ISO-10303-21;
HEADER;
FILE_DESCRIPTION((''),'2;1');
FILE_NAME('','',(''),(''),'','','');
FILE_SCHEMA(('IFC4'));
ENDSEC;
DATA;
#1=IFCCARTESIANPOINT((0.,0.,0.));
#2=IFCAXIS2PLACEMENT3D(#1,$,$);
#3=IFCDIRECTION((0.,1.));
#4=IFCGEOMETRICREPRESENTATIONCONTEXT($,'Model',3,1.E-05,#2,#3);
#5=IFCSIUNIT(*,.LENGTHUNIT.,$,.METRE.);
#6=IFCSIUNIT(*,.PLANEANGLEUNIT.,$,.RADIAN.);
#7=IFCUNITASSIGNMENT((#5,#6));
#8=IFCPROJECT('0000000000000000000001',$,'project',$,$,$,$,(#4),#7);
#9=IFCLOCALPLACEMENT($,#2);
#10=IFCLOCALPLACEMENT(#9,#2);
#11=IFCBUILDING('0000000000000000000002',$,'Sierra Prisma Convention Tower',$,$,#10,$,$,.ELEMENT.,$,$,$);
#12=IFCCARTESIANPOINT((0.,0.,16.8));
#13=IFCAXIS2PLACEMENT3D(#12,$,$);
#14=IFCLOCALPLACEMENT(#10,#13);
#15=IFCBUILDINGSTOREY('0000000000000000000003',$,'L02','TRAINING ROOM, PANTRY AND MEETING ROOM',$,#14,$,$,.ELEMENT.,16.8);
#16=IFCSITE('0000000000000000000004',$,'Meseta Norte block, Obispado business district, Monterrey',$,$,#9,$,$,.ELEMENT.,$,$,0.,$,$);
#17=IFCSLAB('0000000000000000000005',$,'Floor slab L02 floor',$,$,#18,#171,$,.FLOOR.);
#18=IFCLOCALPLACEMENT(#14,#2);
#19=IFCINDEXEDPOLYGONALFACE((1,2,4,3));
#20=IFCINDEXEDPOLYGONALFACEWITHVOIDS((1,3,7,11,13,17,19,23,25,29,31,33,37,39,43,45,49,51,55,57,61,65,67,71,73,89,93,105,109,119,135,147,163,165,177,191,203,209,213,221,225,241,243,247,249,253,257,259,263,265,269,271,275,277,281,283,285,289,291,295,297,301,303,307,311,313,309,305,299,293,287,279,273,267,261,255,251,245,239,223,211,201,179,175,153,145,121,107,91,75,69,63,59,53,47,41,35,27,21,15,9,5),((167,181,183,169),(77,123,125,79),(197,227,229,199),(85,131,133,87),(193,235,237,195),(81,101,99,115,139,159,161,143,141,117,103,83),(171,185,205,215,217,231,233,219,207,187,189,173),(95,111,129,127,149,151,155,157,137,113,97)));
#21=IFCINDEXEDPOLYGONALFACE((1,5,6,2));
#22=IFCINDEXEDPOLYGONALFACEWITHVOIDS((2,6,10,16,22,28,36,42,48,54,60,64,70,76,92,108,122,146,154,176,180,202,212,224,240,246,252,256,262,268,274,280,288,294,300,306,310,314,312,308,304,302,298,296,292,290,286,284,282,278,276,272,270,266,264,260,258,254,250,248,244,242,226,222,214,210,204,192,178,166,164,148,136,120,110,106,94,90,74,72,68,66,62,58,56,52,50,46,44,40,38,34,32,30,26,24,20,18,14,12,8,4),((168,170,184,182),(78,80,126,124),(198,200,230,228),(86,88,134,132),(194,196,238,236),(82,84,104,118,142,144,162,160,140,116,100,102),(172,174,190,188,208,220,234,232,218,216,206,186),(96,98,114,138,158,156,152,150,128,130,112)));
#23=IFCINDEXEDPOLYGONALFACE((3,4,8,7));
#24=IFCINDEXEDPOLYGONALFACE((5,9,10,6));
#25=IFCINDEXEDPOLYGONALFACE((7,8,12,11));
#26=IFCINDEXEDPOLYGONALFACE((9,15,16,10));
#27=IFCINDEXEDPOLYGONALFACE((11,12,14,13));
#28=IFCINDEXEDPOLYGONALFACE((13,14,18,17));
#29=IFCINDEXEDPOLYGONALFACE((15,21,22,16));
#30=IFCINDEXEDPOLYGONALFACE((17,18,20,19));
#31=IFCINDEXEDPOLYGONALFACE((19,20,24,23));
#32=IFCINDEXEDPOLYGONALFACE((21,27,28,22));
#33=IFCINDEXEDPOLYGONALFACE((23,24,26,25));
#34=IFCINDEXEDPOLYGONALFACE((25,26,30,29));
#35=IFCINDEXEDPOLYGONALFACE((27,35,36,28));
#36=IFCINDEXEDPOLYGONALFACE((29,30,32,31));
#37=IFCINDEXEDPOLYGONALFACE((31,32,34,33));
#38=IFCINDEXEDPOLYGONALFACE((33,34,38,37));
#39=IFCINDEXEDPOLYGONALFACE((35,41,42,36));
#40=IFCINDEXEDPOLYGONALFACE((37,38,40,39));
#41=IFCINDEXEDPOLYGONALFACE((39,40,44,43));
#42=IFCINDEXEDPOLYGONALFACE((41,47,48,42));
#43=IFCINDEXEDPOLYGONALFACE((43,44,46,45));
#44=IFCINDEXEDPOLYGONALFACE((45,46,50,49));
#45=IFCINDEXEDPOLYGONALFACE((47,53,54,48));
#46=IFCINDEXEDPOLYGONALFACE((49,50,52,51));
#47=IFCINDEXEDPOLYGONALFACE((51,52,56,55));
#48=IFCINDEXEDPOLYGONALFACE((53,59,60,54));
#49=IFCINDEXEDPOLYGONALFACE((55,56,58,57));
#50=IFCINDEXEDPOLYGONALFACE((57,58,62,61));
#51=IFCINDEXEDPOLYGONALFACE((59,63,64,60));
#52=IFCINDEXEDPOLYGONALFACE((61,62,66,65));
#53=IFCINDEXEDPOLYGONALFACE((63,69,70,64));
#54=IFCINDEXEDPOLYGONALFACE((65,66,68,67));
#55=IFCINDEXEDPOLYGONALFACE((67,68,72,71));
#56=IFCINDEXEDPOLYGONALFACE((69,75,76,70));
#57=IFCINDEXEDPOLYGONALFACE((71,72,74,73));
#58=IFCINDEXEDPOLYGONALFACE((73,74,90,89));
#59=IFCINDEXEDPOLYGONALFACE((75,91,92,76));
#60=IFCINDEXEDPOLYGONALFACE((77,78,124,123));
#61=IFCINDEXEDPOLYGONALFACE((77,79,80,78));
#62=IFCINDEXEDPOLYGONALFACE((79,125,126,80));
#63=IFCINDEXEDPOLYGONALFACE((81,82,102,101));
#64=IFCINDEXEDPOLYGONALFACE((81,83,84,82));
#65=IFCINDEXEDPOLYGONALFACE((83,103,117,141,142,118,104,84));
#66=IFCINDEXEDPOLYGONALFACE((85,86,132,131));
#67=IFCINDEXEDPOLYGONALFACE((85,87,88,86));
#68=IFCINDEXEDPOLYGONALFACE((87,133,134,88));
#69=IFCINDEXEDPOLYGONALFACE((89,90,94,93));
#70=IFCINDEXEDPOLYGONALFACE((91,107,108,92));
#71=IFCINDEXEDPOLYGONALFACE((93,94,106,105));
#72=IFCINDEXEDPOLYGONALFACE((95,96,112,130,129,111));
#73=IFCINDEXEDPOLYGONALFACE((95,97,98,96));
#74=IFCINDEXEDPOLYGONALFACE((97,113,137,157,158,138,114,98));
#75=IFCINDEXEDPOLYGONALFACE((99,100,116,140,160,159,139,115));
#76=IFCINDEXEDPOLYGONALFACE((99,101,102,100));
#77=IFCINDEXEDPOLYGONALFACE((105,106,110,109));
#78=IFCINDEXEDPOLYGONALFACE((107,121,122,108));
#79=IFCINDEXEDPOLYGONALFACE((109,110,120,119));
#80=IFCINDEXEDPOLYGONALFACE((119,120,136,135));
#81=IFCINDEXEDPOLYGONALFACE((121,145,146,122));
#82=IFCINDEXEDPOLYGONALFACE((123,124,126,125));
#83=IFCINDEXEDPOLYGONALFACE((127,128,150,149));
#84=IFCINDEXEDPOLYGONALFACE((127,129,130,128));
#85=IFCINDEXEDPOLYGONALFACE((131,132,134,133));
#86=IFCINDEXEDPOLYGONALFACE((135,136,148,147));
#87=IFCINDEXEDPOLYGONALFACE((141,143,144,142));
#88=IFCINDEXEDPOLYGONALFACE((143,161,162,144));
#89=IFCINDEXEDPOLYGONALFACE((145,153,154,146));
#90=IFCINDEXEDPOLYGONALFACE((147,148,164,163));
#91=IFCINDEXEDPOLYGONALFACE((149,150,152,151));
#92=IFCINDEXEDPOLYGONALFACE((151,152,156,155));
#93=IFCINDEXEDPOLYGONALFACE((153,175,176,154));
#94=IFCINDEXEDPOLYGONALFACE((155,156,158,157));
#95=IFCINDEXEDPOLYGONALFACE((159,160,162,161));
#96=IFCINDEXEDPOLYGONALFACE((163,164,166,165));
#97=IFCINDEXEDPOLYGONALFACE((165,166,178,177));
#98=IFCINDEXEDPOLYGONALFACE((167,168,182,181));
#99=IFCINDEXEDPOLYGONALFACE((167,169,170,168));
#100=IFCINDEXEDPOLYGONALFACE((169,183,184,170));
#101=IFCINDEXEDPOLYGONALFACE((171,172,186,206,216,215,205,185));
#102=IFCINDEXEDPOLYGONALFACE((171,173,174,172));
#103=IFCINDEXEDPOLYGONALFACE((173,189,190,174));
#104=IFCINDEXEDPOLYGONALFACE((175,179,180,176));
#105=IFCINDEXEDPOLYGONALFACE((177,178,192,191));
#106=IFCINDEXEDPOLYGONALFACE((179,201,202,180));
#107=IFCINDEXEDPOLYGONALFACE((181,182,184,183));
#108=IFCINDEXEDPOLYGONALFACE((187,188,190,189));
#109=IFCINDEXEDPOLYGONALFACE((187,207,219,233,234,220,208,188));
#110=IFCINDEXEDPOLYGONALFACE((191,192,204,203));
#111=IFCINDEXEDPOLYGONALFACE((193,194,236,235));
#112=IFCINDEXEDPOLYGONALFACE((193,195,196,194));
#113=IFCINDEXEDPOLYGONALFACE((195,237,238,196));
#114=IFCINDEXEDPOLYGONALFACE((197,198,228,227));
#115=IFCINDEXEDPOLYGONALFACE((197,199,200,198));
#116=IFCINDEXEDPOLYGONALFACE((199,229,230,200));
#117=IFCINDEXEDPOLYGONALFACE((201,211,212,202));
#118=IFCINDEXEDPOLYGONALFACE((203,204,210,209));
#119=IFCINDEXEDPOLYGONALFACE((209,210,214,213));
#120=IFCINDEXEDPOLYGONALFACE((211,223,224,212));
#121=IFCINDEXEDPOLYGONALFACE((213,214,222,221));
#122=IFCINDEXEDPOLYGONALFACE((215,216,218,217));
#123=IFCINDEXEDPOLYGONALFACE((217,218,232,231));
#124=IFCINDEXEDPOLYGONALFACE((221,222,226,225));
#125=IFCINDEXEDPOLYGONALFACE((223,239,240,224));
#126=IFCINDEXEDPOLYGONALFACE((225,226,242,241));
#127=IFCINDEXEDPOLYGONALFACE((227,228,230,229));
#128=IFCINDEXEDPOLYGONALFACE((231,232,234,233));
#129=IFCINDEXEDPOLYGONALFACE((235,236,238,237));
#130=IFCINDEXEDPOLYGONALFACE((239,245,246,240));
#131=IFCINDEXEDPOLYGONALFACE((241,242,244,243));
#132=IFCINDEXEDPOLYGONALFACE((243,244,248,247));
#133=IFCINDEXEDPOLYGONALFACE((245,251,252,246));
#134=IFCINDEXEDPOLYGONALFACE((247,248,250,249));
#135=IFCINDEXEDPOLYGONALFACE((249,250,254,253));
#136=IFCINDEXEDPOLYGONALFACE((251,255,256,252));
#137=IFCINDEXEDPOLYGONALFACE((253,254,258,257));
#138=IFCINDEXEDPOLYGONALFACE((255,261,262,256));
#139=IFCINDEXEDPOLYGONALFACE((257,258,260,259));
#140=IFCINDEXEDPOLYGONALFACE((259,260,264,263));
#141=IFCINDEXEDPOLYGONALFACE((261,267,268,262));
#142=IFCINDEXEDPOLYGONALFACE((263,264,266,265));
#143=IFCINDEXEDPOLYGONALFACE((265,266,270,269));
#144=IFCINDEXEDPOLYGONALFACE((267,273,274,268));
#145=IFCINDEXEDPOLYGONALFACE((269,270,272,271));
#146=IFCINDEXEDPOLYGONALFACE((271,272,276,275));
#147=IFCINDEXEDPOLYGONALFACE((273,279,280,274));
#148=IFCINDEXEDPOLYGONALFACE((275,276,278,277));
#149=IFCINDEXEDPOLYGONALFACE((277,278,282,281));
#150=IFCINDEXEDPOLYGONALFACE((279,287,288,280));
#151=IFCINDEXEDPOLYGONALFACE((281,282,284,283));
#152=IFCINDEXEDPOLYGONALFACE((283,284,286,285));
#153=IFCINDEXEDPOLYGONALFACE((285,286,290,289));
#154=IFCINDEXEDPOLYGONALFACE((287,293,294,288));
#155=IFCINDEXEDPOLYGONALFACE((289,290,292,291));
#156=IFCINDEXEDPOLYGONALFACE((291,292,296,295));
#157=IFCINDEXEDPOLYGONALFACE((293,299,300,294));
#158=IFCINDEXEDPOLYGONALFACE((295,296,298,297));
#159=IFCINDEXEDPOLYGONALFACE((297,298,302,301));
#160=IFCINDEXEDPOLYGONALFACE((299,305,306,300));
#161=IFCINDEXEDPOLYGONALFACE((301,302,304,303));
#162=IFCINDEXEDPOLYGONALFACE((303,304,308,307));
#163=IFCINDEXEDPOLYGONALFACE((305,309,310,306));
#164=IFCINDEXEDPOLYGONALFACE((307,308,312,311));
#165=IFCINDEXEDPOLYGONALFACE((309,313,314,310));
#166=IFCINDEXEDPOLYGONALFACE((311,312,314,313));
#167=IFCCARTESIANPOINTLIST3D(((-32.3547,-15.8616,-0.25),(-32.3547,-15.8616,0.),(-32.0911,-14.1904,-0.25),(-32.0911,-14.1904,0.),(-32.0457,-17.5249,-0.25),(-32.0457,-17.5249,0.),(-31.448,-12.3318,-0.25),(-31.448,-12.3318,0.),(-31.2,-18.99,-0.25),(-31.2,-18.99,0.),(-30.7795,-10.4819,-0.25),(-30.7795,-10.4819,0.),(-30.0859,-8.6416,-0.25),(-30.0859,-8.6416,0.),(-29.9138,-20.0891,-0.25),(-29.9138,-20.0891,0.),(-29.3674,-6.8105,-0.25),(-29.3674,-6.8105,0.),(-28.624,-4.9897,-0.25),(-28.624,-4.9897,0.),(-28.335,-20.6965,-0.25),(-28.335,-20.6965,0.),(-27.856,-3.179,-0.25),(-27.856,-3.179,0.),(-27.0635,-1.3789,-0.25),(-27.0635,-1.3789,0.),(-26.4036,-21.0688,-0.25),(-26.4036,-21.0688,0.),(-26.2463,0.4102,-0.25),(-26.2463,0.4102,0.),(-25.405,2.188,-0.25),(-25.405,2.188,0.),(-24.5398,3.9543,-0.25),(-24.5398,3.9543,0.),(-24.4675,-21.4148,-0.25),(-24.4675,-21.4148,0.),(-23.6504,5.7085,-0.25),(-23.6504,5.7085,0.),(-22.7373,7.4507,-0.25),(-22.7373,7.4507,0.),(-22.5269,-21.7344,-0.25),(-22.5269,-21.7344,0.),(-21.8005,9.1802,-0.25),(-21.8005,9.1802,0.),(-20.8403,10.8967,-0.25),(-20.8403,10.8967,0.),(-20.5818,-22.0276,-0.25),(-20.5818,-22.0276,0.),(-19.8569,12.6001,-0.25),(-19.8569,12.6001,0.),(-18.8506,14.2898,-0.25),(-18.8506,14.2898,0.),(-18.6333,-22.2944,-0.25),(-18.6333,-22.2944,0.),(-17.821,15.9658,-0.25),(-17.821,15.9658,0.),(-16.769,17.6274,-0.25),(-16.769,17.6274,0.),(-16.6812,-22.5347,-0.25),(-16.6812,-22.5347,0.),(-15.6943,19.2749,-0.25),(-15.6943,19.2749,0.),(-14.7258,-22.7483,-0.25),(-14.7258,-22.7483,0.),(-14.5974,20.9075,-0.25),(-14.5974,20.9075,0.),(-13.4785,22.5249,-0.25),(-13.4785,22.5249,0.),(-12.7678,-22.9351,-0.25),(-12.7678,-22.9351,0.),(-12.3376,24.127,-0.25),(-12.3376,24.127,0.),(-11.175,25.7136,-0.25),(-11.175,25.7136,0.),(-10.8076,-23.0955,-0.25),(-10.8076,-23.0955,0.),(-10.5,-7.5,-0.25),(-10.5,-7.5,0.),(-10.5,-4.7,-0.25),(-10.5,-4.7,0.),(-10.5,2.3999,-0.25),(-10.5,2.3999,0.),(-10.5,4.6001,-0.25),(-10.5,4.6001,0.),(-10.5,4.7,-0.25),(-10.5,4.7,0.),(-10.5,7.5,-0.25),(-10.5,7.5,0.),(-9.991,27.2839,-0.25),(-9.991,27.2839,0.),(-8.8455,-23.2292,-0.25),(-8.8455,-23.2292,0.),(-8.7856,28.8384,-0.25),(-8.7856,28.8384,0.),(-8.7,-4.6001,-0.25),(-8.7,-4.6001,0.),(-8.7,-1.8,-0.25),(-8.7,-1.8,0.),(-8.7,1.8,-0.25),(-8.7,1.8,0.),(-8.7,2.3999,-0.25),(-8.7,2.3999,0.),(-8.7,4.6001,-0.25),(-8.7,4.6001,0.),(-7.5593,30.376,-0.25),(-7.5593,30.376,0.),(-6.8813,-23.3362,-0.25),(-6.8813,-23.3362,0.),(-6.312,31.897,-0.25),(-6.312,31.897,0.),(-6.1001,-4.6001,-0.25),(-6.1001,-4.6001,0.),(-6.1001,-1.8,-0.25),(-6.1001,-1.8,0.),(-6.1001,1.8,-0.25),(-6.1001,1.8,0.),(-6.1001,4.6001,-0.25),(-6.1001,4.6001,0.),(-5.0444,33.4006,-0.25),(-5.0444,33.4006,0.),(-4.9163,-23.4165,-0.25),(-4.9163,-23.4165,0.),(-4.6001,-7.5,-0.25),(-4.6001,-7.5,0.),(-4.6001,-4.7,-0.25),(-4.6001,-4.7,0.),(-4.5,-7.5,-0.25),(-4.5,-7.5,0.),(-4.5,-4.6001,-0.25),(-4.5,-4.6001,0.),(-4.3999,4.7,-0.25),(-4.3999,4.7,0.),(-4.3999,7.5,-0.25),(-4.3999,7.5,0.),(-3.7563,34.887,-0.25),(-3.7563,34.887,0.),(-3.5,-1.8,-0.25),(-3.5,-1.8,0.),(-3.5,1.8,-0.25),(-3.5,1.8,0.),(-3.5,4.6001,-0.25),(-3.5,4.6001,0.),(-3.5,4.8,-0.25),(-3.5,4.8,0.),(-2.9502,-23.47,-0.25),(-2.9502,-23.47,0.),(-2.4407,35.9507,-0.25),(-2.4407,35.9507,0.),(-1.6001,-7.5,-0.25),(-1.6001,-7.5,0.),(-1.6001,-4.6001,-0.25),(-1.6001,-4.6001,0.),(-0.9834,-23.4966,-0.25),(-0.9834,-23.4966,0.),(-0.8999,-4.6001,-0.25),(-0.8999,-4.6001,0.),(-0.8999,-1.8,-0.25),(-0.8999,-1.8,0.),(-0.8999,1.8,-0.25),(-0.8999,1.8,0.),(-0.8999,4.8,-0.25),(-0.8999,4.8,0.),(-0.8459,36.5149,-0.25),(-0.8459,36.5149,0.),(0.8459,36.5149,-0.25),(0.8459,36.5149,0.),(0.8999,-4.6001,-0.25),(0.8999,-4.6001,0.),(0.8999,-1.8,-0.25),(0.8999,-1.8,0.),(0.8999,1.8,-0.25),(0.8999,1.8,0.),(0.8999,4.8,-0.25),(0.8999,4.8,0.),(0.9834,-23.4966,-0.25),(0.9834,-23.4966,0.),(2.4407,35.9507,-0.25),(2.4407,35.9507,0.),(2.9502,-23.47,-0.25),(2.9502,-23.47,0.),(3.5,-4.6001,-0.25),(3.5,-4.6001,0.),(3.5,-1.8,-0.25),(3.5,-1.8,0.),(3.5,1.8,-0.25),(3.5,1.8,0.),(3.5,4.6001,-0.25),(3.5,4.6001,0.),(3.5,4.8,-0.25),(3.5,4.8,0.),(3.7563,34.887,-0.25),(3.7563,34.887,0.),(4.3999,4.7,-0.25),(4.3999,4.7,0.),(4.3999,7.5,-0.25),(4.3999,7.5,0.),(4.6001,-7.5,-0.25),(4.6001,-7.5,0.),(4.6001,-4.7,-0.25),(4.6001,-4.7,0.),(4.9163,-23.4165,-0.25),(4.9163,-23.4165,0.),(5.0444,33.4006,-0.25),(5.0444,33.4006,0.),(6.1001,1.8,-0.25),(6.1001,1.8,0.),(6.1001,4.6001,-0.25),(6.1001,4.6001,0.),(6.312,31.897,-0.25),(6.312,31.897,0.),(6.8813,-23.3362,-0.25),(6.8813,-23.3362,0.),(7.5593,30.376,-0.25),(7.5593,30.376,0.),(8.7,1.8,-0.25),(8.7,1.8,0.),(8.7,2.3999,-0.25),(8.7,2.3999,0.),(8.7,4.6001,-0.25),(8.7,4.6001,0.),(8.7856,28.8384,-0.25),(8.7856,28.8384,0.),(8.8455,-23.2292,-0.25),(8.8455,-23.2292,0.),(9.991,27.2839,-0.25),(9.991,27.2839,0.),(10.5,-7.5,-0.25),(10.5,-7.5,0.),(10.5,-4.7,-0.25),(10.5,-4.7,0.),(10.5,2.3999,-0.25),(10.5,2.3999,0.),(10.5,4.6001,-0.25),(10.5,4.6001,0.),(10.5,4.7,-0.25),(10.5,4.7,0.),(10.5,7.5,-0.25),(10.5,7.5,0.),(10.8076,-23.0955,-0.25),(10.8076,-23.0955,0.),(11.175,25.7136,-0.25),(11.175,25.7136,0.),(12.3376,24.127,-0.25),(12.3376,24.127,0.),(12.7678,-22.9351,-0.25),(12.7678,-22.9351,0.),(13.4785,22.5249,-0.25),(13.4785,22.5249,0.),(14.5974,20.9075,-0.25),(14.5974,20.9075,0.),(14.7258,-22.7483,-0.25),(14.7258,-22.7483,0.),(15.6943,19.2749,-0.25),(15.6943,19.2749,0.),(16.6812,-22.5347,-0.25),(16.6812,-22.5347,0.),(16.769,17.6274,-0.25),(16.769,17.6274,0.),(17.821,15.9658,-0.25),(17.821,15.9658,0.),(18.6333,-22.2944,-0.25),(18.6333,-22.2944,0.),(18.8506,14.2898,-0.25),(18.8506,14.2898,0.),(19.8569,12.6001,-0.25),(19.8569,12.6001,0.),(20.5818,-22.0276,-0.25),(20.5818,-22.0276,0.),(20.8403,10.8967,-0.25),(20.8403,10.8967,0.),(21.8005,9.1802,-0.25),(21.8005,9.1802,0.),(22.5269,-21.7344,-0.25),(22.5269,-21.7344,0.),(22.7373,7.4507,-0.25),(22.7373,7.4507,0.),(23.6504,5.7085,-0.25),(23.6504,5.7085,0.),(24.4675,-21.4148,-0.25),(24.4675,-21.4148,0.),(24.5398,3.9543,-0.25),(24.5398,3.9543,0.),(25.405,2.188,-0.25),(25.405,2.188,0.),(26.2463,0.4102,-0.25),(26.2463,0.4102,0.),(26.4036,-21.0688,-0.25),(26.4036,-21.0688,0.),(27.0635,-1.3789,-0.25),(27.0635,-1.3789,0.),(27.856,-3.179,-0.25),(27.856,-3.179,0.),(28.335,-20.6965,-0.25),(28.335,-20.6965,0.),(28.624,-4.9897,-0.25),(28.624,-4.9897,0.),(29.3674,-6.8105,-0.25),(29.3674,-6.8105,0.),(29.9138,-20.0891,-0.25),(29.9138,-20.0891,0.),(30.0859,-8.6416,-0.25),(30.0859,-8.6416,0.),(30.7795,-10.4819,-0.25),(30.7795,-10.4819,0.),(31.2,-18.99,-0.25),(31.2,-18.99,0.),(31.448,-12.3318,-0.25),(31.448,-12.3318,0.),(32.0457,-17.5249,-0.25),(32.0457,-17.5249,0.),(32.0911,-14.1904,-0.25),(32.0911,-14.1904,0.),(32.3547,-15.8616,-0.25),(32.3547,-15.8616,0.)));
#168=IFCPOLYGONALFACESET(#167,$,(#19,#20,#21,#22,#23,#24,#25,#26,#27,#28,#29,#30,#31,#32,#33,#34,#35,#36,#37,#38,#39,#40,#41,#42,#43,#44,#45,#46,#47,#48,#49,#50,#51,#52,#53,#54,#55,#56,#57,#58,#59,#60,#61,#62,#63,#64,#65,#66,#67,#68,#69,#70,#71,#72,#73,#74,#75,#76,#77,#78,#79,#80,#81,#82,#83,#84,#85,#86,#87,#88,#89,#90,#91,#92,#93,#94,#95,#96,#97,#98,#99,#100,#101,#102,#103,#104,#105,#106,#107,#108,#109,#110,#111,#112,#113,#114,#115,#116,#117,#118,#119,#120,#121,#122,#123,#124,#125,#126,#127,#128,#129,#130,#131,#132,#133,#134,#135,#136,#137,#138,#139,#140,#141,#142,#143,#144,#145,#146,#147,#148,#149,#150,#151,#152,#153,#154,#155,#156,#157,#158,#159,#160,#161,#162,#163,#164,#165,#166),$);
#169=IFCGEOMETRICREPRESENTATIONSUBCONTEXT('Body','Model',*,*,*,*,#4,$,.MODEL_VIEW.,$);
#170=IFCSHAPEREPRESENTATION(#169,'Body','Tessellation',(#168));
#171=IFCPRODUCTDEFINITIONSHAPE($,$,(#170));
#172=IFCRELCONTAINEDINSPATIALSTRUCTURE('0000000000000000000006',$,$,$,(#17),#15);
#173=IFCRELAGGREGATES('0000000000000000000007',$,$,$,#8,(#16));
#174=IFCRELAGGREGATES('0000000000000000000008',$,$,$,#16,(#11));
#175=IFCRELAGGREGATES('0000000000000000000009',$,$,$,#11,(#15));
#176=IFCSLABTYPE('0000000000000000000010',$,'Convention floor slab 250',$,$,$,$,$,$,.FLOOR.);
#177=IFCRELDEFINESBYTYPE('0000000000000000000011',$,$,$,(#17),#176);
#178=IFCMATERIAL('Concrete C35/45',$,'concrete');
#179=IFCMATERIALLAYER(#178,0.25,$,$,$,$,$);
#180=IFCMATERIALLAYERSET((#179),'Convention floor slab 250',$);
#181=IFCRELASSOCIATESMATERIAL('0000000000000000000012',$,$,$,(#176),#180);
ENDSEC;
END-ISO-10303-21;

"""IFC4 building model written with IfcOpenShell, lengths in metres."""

from ifc_helpers import new_model, si_unit, direction, frame, origin, place, context, subcontext, project, spatial, polyline, outline, extrude, material, layer, layer_set, type_object, element, save


model = new_model("IFC4")

# Units and contexts
model_context = context("Model", 3, precision=1e-05, world=origin(), true_north=direction((0.0, 1.0)))
body_context = subcontext(model_context, "Body", "Model", "MODEL_VIEW")
ifc_project = project(units=[si_unit("LENGTHUNIT", "METRE"), si_unit("PLANEANGLEUNIT", "RADIAN")], contexts=[model_context])

# Site, building, storey
site_placement = place(None, origin())
site = spatial("IfcSite", under=ifc_project, at=site_placement, Name="Meseta Norte block, Obispado business district, Monterrey", CompositionType="ELEMENT", RefElevation=0.0)
building_placement = place(site_placement, origin())
building = spatial("IfcBuilding", under=site, at=building_placement, Name="Sierra Prisma Convention Tower", CompositionType="ELEMENT")
storey_placement = place(building_placement, frame((0.0, 0.0, 16.8)))
storey = spatial("IfcBuildingStorey", under=building, at=storey_placement, Name="L02", Description="TRAINING ROOM, PANTRY AND MEETING ROOM", CompositionType="ELEMENT", Elevation=16.8)

# Slab
ifc_material_1 = material(Name="Concrete C35/45", Category="concrete")
ifc_layer_1 = layer(ifc_material_1, 0.25)
ifc_layer_set_1 = layer_set([ifc_layer_1], Name="Convention floor slab 250")
slab_type = type_object("IfcSlabType", Name="Convention floor slab 250", PredefinedType="FLOOR", material=ifc_layer_set_1)
slab_placement = place(storey_placement, frame((0.0, 0.0, -0.25)))
element("IfcSlab", 1, at=slab_placement, inside=storey, type_object=slab_type, Name="Floor slab L02 floor", PredefinedType="FLOOR", context=body_context, shape_type="SweptSolid", body=[
    extrude(outline(polyline([(-28.335, -20.6965), (-26.4036, -21.0688), (-24.4675, -21.4148), (-22.5269, -21.7344), (-20.5818, -22.0276), (-18.6333, -22.2944), (-16.6812, -22.5347), (-14.7258, -22.7483), (-12.7678, -22.9351), (-10.8076, -23.0955), (-8.8455, -23.2292), (-6.8813, -23.3362), (-4.9163, -23.4165), (-2.9502, -23.47), (-0.9834, -23.4966), (0.9834, -23.4966), (2.9502, -23.47), (4.9163, -23.4165), (6.8813, -23.3362), (8.8455, -23.2292), (10.8076, -23.0955), (12.7678, -22.9351), (14.7258, -22.7483), (16.6812, -22.5347), (18.6333, -22.2944), (20.5818, -22.0276), (22.5269, -21.7344), (24.4675, -21.4148), (26.4036, -21.0688), (28.335, -20.6965), (29.9138, -20.0891), (31.2, -18.99), (32.0457, -17.5249), (32.3547, -15.8616), (32.0911, -14.1904), (31.448, -12.3318), (30.7795, -10.4819), (30.0859, -8.6416), (29.3674, -6.8105), (28.624, -4.9897), (27.856, -3.179), (27.0635, -1.3789), (26.2463, 0.4102), (25.405, 2.188), (24.5398, 3.9543), (23.6504, 5.7085), (22.7373, 7.4507), (21.8005, 9.1802), (20.8403, 10.8967), (19.8569, 12.6001), (18.8506, 14.2898), (17.821, 15.9658), (16.769, 17.6274), (15.6943, 19.2749), (14.5974, 20.9075), (13.4785, 22.5249), (12.3376, 24.127), (11.175, 25.7136), (9.991, 27.2839), (8.7856, 28.8384), (7.5593, 30.376), (6.312, 31.897), (5.0444, 33.4006), (3.7563, 34.887), (2.4407, 35.9507), (0.8459, 36.5149), (-0.8459, 36.5149), (-2.4407, 35.9507), (-3.7563, 34.887), (-5.0444, 33.4006), (-6.312, 31.897), (-7.5593, 30.376), (-8.7856, 28.8384), (-9.991, 27.2839), (-11.175, 25.7136), (-12.3376, 24.127), (-13.4785, 22.5249), (-14.5974, 20.9075), (-15.6943, 19.2749), (-16.769, 17.6274), (-17.821, 15.9658), (-18.8506, 14.2898), (-19.8569, 12.6001), (-20.8403, 10.8967), (-21.8005, 9.1802), (-22.7373, 7.4507), (-23.6504, 5.7085), (-24.5398, 3.9543), (-25.405, 2.188), (-26.2463, 0.4102), (-27.0635, -1.3789), (-27.856, -3.179), (-28.624, -4.9897), (-29.3674, -6.8105), (-30.0859, -8.6416), (-30.7795, -10.4819), (-31.448, -12.3318), (-32.0911, -14.1904), (-32.3547, -15.8616), (-32.0457, -17.5249), (-31.2, -18.99), (-29.9138, -20.0891), (-28.335, -20.6965)]), holes=[polyline([(-4.6001, -7.5), (-10.5, -7.5), (-10.5, -4.7), (-4.6001, -4.7), (-4.6001, -7.5)]), polyline([(-8.7, -4.6001), (-8.7, -1.8), (-6.1001, -1.8), (-3.5, -1.8), (-0.8999, -1.8), (-0.8999, -4.6001), (-1.6001, -4.6001), (-1.6001, -7.5), (-4.5, -7.5), (-4.5, -4.6001), (-6.1001, -4.6001), (-8.7, -4.6001)]), polyline([(-10.5, 4.6001), (-8.7, 4.6001), (-6.1001, 4.6001), (-3.5, 4.6001), (-3.5, 4.8), (-0.8999, 4.8), (-0.8999, 1.8), (-3.5, 1.8), (-6.1001, 1.8), (-8.7, 1.8), (-8.7, 2.3999), (-10.5, 2.3999), (-10.5, 4.6001)]), polyline([(-4.3999, 4.7), (-10.5, 4.7), (-10.5, 7.5), (-4.3999, 7.5), (-4.3999, 4.7)]), polyline([(10.5, -7.5), (4.6001, -7.5), (4.6001, -4.7), (10.5, -4.7), (10.5, -7.5)]), polyline([(3.5, -4.6001), (0.8999, -4.6001), (0.8999, -1.8), (3.5, -1.8), (3.5, -4.6001)]), polyline([(10.5, 4.6001), (10.5, 2.3999), (8.7, 2.3999), (8.7, 1.8), (6.1001, 1.8), (3.5, 1.8), (0.8999, 1.8), (0.8999, 4.8), (3.5, 4.8), (3.5, 4.6001), (6.1001, 4.6001), (8.7, 4.6001), (10.5, 4.6001)]), polyline([(4.3999, 4.7), (4.3999, 7.5), (10.5, 7.5), (10.5, 4.7), (4.3999, 4.7)])]), origin(), (0.0, 0.0, 1.0), 0.25),
])

save(model, "model.ifc")
